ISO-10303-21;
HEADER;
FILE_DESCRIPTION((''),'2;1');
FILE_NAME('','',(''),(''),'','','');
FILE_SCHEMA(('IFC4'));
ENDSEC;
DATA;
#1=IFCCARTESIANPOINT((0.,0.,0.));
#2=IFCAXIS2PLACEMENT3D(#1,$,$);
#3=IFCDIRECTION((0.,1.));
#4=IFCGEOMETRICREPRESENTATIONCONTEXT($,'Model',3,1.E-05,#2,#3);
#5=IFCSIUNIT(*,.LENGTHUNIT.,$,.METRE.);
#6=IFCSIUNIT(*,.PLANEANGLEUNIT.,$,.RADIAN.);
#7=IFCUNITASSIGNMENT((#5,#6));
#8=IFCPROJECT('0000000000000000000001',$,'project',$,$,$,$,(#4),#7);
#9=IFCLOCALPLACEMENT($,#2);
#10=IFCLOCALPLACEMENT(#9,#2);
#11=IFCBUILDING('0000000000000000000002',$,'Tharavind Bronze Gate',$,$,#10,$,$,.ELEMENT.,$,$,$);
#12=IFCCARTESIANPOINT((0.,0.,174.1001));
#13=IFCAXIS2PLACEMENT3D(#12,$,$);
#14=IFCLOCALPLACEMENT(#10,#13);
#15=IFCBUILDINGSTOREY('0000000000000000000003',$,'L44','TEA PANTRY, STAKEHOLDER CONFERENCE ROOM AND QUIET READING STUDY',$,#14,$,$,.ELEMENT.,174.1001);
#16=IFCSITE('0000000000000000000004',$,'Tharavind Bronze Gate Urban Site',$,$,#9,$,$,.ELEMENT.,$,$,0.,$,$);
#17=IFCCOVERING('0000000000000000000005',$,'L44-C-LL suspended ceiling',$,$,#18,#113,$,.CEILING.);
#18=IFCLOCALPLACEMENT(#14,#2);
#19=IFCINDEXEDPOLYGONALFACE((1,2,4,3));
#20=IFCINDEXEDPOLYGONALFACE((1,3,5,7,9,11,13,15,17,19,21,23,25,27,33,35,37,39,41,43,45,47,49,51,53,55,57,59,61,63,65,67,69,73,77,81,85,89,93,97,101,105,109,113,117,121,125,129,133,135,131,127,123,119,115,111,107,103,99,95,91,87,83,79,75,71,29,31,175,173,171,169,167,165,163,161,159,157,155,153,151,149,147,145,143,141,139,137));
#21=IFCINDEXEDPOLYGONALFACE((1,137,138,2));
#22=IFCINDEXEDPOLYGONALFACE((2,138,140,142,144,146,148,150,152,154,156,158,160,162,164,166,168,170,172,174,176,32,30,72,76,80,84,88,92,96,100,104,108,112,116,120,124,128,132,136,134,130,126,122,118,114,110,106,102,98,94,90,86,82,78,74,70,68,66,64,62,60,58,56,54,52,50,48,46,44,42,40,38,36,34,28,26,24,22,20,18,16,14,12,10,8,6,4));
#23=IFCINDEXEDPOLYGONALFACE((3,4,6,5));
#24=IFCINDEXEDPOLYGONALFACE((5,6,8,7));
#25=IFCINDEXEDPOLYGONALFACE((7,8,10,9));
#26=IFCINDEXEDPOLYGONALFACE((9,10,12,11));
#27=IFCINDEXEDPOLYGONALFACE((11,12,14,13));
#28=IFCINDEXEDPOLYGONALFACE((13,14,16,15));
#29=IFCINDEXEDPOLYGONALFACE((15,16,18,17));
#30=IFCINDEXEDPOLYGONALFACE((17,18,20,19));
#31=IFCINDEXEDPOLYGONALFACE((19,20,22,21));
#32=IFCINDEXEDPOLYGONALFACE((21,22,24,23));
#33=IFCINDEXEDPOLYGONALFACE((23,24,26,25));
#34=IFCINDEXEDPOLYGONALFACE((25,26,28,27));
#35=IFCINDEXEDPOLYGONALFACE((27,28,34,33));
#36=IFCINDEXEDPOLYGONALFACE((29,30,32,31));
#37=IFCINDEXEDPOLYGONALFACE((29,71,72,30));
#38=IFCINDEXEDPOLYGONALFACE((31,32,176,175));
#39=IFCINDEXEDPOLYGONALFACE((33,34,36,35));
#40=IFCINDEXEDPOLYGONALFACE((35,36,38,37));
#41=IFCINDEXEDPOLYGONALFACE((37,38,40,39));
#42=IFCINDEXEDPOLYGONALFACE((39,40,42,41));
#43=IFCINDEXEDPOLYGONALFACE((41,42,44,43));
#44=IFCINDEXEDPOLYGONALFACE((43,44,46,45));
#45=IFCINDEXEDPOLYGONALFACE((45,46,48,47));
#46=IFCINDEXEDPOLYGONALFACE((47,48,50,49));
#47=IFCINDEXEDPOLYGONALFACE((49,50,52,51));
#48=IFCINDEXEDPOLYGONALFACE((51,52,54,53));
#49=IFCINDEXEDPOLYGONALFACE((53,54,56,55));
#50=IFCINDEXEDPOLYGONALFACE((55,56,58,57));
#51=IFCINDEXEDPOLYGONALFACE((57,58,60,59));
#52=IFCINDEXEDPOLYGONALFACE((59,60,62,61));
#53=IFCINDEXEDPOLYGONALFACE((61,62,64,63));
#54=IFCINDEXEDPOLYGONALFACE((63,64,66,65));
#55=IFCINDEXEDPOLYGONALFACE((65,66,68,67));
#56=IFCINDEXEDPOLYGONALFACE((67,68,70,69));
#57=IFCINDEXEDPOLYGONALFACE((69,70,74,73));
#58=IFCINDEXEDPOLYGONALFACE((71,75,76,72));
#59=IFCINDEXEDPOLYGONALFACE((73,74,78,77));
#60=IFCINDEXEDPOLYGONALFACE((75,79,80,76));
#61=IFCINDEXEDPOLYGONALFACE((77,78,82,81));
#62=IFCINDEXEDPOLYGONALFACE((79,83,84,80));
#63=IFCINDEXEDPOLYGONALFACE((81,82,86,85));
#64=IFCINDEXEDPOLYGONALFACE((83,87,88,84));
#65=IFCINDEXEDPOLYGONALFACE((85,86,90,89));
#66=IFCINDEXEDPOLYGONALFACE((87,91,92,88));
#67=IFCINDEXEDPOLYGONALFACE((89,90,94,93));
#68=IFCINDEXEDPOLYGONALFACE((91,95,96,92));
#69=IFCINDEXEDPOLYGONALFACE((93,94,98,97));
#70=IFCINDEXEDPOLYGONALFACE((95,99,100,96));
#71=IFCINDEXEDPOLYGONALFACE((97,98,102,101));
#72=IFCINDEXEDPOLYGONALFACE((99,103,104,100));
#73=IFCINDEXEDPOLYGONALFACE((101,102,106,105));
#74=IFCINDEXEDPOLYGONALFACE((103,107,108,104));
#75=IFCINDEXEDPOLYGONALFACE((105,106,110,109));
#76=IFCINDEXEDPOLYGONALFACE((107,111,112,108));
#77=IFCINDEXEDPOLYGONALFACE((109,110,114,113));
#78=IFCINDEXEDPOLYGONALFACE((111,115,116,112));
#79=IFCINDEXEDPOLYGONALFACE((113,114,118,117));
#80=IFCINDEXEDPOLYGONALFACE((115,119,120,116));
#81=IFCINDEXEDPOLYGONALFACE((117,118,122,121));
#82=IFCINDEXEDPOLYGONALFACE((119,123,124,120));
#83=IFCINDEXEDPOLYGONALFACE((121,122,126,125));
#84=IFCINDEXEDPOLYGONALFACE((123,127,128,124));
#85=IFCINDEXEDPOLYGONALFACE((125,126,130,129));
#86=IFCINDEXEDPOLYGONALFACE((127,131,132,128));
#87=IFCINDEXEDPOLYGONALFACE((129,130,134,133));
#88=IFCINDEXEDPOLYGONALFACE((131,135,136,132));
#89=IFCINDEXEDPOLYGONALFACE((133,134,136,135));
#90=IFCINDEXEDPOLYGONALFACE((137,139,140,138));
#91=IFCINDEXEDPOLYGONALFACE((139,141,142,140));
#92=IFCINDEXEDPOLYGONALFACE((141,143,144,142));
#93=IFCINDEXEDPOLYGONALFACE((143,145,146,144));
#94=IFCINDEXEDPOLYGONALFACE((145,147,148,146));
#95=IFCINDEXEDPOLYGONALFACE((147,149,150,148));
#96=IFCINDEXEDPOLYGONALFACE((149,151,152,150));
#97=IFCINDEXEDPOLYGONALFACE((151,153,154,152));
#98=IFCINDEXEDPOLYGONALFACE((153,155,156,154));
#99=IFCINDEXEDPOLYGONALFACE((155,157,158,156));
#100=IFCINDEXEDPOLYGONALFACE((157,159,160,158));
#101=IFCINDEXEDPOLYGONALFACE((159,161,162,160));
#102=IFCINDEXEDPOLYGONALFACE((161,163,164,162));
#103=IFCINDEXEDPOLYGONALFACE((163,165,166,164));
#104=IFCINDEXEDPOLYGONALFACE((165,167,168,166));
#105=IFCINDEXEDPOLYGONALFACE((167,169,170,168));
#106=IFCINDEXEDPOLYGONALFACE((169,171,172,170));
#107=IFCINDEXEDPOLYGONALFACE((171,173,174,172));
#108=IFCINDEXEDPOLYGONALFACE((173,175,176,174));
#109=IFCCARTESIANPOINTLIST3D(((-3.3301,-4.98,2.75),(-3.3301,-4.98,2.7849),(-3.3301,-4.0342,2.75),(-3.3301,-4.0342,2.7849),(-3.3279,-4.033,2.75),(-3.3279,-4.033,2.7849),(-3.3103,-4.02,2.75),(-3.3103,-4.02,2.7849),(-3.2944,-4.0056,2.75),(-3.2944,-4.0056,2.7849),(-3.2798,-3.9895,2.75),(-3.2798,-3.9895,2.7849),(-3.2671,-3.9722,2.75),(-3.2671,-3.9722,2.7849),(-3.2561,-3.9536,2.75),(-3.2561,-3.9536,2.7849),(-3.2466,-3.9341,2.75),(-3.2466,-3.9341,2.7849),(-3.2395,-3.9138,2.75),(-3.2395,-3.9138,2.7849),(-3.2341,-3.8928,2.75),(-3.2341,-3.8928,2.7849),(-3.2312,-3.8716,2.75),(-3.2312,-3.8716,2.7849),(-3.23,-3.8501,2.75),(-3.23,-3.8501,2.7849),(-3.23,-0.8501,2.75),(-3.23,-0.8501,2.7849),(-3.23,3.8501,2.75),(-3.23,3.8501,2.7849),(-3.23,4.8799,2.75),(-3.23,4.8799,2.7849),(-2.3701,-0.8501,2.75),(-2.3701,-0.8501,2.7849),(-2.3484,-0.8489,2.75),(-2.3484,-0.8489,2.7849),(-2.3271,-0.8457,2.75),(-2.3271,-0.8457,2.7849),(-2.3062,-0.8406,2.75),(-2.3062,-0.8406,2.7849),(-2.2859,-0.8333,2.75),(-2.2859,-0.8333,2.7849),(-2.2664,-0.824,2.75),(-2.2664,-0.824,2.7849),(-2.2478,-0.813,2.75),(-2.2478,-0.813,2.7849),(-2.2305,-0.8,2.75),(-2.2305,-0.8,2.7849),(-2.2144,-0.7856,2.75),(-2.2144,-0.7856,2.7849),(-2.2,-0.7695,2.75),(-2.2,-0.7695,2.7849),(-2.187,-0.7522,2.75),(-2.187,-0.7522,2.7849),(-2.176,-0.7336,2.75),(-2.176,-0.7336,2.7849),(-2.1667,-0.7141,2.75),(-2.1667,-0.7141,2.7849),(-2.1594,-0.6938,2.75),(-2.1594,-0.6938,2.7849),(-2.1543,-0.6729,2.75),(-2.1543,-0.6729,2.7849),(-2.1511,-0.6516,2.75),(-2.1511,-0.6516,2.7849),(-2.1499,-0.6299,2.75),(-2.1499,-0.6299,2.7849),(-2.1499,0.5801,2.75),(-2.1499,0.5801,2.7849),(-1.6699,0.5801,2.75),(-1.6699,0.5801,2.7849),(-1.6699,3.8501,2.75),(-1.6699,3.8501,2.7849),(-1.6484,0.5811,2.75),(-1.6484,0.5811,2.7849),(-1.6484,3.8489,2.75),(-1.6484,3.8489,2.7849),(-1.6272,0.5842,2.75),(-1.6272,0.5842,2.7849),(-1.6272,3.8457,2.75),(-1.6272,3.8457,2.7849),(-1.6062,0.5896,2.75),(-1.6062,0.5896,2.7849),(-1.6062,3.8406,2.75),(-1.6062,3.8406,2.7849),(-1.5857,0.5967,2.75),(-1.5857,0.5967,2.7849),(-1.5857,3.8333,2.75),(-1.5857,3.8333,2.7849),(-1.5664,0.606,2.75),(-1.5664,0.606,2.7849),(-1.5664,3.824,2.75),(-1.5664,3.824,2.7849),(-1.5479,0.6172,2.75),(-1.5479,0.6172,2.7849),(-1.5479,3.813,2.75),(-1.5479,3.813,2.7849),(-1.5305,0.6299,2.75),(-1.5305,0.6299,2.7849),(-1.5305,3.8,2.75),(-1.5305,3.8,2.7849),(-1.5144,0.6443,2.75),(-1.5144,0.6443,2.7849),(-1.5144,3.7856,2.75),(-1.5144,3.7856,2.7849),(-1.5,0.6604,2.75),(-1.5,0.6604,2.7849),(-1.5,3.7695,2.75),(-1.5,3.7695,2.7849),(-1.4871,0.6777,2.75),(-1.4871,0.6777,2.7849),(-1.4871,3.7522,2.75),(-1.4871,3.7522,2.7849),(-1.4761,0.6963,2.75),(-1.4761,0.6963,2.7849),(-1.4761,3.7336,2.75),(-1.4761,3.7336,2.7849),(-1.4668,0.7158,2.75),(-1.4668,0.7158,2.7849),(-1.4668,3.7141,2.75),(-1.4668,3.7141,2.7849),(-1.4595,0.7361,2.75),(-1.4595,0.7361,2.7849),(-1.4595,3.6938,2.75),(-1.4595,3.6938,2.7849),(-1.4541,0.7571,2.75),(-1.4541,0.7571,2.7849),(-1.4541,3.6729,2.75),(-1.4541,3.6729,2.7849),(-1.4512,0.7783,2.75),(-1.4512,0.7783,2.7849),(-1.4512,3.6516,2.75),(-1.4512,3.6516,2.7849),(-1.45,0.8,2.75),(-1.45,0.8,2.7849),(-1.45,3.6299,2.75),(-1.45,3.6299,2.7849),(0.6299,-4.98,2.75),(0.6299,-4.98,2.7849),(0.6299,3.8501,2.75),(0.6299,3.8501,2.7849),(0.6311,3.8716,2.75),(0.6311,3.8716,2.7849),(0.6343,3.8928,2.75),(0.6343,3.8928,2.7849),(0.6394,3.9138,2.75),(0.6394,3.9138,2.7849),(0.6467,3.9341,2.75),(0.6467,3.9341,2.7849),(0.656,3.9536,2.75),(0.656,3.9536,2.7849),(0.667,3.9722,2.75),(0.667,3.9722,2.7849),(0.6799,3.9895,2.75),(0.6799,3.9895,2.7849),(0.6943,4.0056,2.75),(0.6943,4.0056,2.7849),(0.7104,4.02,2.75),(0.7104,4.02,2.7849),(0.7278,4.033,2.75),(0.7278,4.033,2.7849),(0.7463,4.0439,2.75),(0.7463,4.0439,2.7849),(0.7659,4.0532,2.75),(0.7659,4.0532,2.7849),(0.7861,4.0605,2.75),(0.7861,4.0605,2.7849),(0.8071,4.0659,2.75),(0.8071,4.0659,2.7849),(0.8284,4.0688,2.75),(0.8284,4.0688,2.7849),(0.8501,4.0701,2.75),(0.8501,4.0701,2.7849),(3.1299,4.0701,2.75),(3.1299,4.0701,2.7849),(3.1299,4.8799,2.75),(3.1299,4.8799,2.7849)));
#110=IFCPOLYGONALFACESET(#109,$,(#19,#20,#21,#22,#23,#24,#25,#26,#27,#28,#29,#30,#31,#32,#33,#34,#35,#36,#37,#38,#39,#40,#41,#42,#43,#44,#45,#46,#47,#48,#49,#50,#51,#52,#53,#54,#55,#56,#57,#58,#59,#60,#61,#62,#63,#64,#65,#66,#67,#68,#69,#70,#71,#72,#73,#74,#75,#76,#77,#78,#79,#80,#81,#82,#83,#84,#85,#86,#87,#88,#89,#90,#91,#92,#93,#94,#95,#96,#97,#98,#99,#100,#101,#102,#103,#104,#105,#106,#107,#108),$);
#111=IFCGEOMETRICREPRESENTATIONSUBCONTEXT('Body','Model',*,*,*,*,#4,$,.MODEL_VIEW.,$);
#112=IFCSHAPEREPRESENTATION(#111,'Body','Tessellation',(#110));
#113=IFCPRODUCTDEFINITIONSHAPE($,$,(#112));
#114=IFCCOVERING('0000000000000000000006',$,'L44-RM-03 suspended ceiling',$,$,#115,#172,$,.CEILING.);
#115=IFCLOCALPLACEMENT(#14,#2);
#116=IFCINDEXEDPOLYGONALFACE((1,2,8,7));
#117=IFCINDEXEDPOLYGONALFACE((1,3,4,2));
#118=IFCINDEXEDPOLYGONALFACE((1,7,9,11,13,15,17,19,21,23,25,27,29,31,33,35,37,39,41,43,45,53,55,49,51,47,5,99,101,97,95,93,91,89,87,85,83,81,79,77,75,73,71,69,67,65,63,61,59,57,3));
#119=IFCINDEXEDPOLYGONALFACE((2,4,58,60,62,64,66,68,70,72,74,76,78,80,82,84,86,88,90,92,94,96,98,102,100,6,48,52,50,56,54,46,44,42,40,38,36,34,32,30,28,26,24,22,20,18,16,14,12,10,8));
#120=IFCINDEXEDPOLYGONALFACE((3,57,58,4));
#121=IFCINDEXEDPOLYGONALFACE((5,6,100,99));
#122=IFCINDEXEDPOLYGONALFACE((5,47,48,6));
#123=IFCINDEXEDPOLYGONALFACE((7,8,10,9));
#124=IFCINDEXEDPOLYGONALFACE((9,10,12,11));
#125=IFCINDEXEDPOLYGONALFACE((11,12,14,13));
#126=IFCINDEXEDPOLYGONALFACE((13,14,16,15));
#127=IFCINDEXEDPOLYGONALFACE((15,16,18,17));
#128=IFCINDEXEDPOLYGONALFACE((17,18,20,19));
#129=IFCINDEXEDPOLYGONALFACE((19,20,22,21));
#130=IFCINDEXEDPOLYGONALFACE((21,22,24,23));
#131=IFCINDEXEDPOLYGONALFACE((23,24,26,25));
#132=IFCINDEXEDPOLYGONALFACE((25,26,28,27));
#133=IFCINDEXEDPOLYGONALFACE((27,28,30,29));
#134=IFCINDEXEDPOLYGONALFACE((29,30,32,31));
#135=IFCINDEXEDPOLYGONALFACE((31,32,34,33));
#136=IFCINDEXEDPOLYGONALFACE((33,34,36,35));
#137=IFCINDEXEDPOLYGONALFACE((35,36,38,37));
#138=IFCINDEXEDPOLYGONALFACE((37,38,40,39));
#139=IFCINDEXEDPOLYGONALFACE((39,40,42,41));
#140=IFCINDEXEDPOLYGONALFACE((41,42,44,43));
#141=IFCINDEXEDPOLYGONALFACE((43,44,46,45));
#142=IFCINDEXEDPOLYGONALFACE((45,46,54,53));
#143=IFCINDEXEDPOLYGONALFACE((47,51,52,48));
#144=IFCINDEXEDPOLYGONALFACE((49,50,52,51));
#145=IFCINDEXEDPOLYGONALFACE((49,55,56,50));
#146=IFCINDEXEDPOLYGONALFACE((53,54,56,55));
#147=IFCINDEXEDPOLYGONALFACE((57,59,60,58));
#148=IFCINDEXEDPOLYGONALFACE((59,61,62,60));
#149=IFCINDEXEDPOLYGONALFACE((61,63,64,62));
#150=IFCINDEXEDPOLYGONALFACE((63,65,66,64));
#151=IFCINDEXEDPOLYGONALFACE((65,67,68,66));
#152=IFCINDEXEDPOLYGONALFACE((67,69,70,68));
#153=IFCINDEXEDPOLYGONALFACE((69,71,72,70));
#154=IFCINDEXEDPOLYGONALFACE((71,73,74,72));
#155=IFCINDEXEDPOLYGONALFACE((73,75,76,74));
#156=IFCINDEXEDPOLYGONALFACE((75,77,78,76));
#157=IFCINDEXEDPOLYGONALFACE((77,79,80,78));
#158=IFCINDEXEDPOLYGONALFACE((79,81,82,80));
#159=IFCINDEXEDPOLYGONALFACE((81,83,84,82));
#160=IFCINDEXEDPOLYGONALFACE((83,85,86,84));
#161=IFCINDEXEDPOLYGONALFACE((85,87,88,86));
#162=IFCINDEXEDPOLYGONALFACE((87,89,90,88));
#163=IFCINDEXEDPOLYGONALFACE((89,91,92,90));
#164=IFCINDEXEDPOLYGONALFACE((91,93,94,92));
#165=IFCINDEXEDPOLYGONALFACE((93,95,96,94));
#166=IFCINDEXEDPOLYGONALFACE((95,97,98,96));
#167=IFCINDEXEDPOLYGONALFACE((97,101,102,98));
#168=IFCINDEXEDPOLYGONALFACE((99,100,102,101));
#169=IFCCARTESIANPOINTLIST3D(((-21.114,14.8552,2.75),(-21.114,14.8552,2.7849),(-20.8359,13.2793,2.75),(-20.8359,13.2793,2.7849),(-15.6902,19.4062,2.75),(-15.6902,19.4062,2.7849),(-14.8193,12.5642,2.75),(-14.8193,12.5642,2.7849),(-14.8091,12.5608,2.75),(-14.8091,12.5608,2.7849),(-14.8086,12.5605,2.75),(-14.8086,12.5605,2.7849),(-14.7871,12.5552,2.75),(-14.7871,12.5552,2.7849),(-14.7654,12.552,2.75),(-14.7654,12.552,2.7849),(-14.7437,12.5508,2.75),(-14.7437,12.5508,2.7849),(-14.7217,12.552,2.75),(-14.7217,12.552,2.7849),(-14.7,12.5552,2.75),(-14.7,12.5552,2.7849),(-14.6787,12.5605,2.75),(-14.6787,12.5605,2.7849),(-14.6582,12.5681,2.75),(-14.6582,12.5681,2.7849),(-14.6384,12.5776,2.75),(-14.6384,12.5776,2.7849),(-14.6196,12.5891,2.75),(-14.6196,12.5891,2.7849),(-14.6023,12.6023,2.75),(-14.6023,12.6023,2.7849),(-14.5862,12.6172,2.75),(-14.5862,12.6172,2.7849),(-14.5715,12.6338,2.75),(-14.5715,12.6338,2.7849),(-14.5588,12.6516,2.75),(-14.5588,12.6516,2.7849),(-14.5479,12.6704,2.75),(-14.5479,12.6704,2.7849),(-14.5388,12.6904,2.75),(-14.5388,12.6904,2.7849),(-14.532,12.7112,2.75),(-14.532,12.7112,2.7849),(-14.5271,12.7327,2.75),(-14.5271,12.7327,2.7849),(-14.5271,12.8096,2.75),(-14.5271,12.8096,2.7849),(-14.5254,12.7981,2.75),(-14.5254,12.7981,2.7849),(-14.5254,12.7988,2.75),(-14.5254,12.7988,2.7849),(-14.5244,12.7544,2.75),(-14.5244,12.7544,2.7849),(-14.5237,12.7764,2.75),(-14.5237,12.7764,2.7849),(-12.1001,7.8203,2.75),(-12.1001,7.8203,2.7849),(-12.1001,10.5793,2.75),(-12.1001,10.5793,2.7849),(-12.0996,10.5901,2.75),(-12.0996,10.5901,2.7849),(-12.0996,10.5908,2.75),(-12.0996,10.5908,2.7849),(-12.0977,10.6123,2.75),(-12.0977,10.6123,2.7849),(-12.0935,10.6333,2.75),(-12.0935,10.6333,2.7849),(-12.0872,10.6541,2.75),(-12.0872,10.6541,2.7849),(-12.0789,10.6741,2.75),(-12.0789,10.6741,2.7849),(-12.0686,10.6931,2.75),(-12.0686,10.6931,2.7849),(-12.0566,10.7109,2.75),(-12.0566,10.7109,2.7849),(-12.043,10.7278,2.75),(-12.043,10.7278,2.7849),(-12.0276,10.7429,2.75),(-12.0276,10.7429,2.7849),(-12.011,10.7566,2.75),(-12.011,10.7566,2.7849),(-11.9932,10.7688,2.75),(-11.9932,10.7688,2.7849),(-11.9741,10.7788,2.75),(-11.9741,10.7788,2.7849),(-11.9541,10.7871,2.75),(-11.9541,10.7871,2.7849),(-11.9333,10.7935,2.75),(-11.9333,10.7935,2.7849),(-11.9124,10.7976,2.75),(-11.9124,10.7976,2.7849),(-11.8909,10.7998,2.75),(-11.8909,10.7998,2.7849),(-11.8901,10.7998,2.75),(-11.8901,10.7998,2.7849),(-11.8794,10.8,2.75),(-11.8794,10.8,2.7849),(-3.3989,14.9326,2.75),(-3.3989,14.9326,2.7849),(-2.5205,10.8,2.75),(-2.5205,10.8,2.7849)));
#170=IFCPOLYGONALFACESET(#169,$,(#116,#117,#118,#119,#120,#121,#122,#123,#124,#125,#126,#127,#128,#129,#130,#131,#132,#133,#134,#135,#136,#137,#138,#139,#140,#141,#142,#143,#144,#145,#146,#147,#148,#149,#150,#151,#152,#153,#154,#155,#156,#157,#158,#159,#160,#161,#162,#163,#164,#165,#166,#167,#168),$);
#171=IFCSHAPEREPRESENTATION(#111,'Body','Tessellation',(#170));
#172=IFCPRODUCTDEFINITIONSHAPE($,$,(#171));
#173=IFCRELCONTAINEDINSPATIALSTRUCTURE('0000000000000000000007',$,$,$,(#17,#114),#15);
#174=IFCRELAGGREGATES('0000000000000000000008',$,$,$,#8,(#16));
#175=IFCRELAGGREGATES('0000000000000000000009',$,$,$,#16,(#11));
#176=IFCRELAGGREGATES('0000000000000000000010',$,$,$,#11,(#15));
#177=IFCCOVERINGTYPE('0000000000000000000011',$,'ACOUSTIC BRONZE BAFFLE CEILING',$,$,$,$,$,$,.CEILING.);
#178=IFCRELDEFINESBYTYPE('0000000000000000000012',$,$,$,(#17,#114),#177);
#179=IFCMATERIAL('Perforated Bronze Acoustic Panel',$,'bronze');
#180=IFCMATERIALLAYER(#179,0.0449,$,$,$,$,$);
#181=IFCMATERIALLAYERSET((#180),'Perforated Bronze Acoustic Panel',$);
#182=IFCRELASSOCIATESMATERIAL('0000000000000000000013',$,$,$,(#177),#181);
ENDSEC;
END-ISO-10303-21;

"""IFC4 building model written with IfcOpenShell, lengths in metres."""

from ifc_helpers import new_model, si_unit, direction, frame, origin, place, context, subcontext, project, spatial, polyline, outline, extrude, material, layer, layer_set, type_object, element, save


model = new_model("IFC4")

# Units and contexts
model_context = context("Model", 3, precision=1e-05, world=origin(), true_north=direction((0.0, 1.0)))
body_context = subcontext(model_context, "Body", "Model", "MODEL_VIEW")
ifc_project = project(units=[si_unit("LENGTHUNIT", "METRE"), si_unit("PLANEANGLEUNIT", "RADIAN")], contexts=[model_context])

# Site, building, storey
site_placement = place(None, origin())
site = spatial("IfcSite", under=ifc_project, at=site_placement, Name="Tharavind Bronze Gate Urban Site", CompositionType="ELEMENT", RefElevation=0.0)
building_placement = place(site_placement, origin())
building = spatial("IfcBuilding", under=site, at=building_placement, Name="Tharavind Bronze Gate", CompositionType="ELEMENT")
storey_placement = place(building_placement, frame((0.0, 0.0, 174.1001)))
storey = spatial("IfcBuildingStorey", under=building, at=storey_placement, Name="L44", Description="TEA PANTRY, STAKEHOLDER CONFERENCE ROOM AND QUIET READING STUDY", CompositionType="ELEMENT", Elevation=174.1001)

# Coverings
ifc_material_1 = material(Name="Perforated Bronze Acoustic Panel", Category="bronze")
ifc_layer_1 = layer(ifc_material_1, 0.0449)
ifc_layer_set_1 = layer_set([ifc_layer_1], Name="Perforated Bronze Acoustic Panel")
covering_type_1 = type_object("IfcCoveringType", Name="ACOUSTIC BRONZE BAFFLE CEILING", PredefinedType="CEILING", material=ifc_layer_set_1)
covering_1_placement = place(storey_placement, frame((0.0, 0.0, 2.75)))
element("IfcCovering", 1, at=covering_1_placement, inside=storey, type_object=covering_type_1, Name="L44-C-LL suspended ceiling", PredefinedType="CEILING", context=body_context, shape_type="SweptSolid", body=[
    extrude(outline(polyline([(-3.3301, -4.98), (0.6299, -4.98), (0.6299, 3.8501), (0.6311, 3.8716), (0.6343, 3.8928), (0.6394, 3.9138), (0.6467, 3.9341), (0.656, 3.9536), (0.667, 3.9722), (0.6799, 3.9895), (0.6943, 4.0056), (0.7104, 4.02), (0.7278, 4.033), (0.7463, 4.0439), (0.7659, 4.0532), (0.7861, 4.0605), (0.8071, 4.0659), (0.8284, 4.0688), (0.8501, 4.0701), (3.1299, 4.0701), (3.1299, 4.8799), (-3.23, 4.8799), (-3.23, 3.8501), (-1.6699, 3.8501), (-1.6484, 3.8489), (-1.6272, 3.8457), (-1.6062, 3.8406), (-1.5857, 3.8333), (-1.5664, 3.824), (-1.5479, 3.813), (-1.5305, 3.8), (-1.5144, 3.7856), (-1.5, 3.7695), (-1.4871, 3.7522), (-1.4761, 3.7336), (-1.4668, 3.7141), (-1.4595, 3.6938), (-1.4541, 3.6729), (-1.4512, 3.6516), (-1.45, 3.6299), (-1.45, 0.8), (-1.4512, 0.7783), (-1.4541, 0.7571), (-1.4595, 0.7361), (-1.4668, 0.7158), (-1.4761, 0.6963), (-1.4871, 0.6777), (-1.5, 0.6604), (-1.5144, 0.6443), (-1.5305, 0.6299), (-1.5479, 0.6172), (-1.5664, 0.606), (-1.5857, 0.5967), (-1.6062, 0.5896), (-1.6272, 0.5842), (-1.6484, 0.5811), (-1.6699, 0.5801), (-2.1499, 0.5801), (-2.1499, -0.6299), (-2.1511, -0.6516), (-2.1543, -0.6729), (-2.1594, -0.6938), (-2.1667, -0.7141), (-2.176, -0.7336), (-2.187, -0.7522), (-2.2, -0.7695), (-2.2144, -0.7856), (-2.2305, -0.8), (-2.2478, -0.813), (-2.2664, -0.824), (-2.2859, -0.8333), (-2.3062, -0.8406), (-2.3271, -0.8457), (-2.3484, -0.8489), (-2.3701, -0.8501), (-3.23, -0.8501), (-3.23, -3.8501), (-3.2312, -3.8716), (-3.2341, -3.8928), (-3.2395, -3.9138), (-3.2466, -3.9341), (-3.2561, -3.9536), (-3.2671, -3.9722), (-3.2798, -3.9895), (-3.2944, -4.0056), (-3.3103, -4.02), (-3.3279, -4.033), (-3.3301, -4.0342), (-3.3301, -4.98)])), origin(), (0.0, 0.0, 1.0), 0.0349),
])
covering_2_placement = place(storey_placement, frame((0.0, 0.0, 2.75)))
element("IfcCovering", 2, at=covering_2_placement, inside=storey, type_object=covering_type_1, Name="L44-RM-03 suspended ceiling", PredefinedType="CEILING", context=body_context, shape_type="SweptSolid", body=[
    extrude(outline(polyline([(-20.8359, 13.2793), (-12.1001, 7.8203), (-12.1001, 10.5793), (-12.0996, 10.5901), (-12.0996, 10.5908), (-12.0977, 10.6123), (-12.0935, 10.6333), (-12.0872, 10.6541), (-12.0789, 10.6741), (-12.0686, 10.6931), (-12.0566, 10.7109), (-12.043, 10.7278), (-12.0276, 10.7429), (-12.011, 10.7566), (-11.9932, 10.7688), (-11.9741, 10.7788), (-11.9541, 10.7871), (-11.9333, 10.7935), (-11.9124, 10.7976), (-11.8909, 10.7998), (-11.8901, 10.7998), (-11.8794, 10.8), (-2.5205, 10.8), (-3.3989, 14.9326), (-15.6902, 19.4062), (-14.5271, 12.8096), (-14.5254, 12.7988), (-14.5254, 12.7981), (-14.5237, 12.7764), (-14.5244, 12.7544), (-14.5271, 12.7327), (-14.532, 12.7112), (-14.5388, 12.6904), (-14.5479, 12.6704), (-14.5588, 12.6516), (-14.5715, 12.6338), (-14.5862, 12.6172), (-14.6023, 12.6023), (-14.6196, 12.5891), (-14.6384, 12.5776), (-14.6582, 12.5681), (-14.6787, 12.5605), (-14.7, 12.5552), (-14.7217, 12.552), (-14.7437, 12.5508), (-14.7654, 12.552), (-14.7871, 12.5552), (-14.8086, 12.5605), (-14.8091, 12.5608), (-14.8193, 12.5642), (-21.114, 14.8552), (-20.8359, 13.2793)])), origin(), (0.0, 0.0, 1.0), 0.0349),
])

save(model, "model.ifc")
